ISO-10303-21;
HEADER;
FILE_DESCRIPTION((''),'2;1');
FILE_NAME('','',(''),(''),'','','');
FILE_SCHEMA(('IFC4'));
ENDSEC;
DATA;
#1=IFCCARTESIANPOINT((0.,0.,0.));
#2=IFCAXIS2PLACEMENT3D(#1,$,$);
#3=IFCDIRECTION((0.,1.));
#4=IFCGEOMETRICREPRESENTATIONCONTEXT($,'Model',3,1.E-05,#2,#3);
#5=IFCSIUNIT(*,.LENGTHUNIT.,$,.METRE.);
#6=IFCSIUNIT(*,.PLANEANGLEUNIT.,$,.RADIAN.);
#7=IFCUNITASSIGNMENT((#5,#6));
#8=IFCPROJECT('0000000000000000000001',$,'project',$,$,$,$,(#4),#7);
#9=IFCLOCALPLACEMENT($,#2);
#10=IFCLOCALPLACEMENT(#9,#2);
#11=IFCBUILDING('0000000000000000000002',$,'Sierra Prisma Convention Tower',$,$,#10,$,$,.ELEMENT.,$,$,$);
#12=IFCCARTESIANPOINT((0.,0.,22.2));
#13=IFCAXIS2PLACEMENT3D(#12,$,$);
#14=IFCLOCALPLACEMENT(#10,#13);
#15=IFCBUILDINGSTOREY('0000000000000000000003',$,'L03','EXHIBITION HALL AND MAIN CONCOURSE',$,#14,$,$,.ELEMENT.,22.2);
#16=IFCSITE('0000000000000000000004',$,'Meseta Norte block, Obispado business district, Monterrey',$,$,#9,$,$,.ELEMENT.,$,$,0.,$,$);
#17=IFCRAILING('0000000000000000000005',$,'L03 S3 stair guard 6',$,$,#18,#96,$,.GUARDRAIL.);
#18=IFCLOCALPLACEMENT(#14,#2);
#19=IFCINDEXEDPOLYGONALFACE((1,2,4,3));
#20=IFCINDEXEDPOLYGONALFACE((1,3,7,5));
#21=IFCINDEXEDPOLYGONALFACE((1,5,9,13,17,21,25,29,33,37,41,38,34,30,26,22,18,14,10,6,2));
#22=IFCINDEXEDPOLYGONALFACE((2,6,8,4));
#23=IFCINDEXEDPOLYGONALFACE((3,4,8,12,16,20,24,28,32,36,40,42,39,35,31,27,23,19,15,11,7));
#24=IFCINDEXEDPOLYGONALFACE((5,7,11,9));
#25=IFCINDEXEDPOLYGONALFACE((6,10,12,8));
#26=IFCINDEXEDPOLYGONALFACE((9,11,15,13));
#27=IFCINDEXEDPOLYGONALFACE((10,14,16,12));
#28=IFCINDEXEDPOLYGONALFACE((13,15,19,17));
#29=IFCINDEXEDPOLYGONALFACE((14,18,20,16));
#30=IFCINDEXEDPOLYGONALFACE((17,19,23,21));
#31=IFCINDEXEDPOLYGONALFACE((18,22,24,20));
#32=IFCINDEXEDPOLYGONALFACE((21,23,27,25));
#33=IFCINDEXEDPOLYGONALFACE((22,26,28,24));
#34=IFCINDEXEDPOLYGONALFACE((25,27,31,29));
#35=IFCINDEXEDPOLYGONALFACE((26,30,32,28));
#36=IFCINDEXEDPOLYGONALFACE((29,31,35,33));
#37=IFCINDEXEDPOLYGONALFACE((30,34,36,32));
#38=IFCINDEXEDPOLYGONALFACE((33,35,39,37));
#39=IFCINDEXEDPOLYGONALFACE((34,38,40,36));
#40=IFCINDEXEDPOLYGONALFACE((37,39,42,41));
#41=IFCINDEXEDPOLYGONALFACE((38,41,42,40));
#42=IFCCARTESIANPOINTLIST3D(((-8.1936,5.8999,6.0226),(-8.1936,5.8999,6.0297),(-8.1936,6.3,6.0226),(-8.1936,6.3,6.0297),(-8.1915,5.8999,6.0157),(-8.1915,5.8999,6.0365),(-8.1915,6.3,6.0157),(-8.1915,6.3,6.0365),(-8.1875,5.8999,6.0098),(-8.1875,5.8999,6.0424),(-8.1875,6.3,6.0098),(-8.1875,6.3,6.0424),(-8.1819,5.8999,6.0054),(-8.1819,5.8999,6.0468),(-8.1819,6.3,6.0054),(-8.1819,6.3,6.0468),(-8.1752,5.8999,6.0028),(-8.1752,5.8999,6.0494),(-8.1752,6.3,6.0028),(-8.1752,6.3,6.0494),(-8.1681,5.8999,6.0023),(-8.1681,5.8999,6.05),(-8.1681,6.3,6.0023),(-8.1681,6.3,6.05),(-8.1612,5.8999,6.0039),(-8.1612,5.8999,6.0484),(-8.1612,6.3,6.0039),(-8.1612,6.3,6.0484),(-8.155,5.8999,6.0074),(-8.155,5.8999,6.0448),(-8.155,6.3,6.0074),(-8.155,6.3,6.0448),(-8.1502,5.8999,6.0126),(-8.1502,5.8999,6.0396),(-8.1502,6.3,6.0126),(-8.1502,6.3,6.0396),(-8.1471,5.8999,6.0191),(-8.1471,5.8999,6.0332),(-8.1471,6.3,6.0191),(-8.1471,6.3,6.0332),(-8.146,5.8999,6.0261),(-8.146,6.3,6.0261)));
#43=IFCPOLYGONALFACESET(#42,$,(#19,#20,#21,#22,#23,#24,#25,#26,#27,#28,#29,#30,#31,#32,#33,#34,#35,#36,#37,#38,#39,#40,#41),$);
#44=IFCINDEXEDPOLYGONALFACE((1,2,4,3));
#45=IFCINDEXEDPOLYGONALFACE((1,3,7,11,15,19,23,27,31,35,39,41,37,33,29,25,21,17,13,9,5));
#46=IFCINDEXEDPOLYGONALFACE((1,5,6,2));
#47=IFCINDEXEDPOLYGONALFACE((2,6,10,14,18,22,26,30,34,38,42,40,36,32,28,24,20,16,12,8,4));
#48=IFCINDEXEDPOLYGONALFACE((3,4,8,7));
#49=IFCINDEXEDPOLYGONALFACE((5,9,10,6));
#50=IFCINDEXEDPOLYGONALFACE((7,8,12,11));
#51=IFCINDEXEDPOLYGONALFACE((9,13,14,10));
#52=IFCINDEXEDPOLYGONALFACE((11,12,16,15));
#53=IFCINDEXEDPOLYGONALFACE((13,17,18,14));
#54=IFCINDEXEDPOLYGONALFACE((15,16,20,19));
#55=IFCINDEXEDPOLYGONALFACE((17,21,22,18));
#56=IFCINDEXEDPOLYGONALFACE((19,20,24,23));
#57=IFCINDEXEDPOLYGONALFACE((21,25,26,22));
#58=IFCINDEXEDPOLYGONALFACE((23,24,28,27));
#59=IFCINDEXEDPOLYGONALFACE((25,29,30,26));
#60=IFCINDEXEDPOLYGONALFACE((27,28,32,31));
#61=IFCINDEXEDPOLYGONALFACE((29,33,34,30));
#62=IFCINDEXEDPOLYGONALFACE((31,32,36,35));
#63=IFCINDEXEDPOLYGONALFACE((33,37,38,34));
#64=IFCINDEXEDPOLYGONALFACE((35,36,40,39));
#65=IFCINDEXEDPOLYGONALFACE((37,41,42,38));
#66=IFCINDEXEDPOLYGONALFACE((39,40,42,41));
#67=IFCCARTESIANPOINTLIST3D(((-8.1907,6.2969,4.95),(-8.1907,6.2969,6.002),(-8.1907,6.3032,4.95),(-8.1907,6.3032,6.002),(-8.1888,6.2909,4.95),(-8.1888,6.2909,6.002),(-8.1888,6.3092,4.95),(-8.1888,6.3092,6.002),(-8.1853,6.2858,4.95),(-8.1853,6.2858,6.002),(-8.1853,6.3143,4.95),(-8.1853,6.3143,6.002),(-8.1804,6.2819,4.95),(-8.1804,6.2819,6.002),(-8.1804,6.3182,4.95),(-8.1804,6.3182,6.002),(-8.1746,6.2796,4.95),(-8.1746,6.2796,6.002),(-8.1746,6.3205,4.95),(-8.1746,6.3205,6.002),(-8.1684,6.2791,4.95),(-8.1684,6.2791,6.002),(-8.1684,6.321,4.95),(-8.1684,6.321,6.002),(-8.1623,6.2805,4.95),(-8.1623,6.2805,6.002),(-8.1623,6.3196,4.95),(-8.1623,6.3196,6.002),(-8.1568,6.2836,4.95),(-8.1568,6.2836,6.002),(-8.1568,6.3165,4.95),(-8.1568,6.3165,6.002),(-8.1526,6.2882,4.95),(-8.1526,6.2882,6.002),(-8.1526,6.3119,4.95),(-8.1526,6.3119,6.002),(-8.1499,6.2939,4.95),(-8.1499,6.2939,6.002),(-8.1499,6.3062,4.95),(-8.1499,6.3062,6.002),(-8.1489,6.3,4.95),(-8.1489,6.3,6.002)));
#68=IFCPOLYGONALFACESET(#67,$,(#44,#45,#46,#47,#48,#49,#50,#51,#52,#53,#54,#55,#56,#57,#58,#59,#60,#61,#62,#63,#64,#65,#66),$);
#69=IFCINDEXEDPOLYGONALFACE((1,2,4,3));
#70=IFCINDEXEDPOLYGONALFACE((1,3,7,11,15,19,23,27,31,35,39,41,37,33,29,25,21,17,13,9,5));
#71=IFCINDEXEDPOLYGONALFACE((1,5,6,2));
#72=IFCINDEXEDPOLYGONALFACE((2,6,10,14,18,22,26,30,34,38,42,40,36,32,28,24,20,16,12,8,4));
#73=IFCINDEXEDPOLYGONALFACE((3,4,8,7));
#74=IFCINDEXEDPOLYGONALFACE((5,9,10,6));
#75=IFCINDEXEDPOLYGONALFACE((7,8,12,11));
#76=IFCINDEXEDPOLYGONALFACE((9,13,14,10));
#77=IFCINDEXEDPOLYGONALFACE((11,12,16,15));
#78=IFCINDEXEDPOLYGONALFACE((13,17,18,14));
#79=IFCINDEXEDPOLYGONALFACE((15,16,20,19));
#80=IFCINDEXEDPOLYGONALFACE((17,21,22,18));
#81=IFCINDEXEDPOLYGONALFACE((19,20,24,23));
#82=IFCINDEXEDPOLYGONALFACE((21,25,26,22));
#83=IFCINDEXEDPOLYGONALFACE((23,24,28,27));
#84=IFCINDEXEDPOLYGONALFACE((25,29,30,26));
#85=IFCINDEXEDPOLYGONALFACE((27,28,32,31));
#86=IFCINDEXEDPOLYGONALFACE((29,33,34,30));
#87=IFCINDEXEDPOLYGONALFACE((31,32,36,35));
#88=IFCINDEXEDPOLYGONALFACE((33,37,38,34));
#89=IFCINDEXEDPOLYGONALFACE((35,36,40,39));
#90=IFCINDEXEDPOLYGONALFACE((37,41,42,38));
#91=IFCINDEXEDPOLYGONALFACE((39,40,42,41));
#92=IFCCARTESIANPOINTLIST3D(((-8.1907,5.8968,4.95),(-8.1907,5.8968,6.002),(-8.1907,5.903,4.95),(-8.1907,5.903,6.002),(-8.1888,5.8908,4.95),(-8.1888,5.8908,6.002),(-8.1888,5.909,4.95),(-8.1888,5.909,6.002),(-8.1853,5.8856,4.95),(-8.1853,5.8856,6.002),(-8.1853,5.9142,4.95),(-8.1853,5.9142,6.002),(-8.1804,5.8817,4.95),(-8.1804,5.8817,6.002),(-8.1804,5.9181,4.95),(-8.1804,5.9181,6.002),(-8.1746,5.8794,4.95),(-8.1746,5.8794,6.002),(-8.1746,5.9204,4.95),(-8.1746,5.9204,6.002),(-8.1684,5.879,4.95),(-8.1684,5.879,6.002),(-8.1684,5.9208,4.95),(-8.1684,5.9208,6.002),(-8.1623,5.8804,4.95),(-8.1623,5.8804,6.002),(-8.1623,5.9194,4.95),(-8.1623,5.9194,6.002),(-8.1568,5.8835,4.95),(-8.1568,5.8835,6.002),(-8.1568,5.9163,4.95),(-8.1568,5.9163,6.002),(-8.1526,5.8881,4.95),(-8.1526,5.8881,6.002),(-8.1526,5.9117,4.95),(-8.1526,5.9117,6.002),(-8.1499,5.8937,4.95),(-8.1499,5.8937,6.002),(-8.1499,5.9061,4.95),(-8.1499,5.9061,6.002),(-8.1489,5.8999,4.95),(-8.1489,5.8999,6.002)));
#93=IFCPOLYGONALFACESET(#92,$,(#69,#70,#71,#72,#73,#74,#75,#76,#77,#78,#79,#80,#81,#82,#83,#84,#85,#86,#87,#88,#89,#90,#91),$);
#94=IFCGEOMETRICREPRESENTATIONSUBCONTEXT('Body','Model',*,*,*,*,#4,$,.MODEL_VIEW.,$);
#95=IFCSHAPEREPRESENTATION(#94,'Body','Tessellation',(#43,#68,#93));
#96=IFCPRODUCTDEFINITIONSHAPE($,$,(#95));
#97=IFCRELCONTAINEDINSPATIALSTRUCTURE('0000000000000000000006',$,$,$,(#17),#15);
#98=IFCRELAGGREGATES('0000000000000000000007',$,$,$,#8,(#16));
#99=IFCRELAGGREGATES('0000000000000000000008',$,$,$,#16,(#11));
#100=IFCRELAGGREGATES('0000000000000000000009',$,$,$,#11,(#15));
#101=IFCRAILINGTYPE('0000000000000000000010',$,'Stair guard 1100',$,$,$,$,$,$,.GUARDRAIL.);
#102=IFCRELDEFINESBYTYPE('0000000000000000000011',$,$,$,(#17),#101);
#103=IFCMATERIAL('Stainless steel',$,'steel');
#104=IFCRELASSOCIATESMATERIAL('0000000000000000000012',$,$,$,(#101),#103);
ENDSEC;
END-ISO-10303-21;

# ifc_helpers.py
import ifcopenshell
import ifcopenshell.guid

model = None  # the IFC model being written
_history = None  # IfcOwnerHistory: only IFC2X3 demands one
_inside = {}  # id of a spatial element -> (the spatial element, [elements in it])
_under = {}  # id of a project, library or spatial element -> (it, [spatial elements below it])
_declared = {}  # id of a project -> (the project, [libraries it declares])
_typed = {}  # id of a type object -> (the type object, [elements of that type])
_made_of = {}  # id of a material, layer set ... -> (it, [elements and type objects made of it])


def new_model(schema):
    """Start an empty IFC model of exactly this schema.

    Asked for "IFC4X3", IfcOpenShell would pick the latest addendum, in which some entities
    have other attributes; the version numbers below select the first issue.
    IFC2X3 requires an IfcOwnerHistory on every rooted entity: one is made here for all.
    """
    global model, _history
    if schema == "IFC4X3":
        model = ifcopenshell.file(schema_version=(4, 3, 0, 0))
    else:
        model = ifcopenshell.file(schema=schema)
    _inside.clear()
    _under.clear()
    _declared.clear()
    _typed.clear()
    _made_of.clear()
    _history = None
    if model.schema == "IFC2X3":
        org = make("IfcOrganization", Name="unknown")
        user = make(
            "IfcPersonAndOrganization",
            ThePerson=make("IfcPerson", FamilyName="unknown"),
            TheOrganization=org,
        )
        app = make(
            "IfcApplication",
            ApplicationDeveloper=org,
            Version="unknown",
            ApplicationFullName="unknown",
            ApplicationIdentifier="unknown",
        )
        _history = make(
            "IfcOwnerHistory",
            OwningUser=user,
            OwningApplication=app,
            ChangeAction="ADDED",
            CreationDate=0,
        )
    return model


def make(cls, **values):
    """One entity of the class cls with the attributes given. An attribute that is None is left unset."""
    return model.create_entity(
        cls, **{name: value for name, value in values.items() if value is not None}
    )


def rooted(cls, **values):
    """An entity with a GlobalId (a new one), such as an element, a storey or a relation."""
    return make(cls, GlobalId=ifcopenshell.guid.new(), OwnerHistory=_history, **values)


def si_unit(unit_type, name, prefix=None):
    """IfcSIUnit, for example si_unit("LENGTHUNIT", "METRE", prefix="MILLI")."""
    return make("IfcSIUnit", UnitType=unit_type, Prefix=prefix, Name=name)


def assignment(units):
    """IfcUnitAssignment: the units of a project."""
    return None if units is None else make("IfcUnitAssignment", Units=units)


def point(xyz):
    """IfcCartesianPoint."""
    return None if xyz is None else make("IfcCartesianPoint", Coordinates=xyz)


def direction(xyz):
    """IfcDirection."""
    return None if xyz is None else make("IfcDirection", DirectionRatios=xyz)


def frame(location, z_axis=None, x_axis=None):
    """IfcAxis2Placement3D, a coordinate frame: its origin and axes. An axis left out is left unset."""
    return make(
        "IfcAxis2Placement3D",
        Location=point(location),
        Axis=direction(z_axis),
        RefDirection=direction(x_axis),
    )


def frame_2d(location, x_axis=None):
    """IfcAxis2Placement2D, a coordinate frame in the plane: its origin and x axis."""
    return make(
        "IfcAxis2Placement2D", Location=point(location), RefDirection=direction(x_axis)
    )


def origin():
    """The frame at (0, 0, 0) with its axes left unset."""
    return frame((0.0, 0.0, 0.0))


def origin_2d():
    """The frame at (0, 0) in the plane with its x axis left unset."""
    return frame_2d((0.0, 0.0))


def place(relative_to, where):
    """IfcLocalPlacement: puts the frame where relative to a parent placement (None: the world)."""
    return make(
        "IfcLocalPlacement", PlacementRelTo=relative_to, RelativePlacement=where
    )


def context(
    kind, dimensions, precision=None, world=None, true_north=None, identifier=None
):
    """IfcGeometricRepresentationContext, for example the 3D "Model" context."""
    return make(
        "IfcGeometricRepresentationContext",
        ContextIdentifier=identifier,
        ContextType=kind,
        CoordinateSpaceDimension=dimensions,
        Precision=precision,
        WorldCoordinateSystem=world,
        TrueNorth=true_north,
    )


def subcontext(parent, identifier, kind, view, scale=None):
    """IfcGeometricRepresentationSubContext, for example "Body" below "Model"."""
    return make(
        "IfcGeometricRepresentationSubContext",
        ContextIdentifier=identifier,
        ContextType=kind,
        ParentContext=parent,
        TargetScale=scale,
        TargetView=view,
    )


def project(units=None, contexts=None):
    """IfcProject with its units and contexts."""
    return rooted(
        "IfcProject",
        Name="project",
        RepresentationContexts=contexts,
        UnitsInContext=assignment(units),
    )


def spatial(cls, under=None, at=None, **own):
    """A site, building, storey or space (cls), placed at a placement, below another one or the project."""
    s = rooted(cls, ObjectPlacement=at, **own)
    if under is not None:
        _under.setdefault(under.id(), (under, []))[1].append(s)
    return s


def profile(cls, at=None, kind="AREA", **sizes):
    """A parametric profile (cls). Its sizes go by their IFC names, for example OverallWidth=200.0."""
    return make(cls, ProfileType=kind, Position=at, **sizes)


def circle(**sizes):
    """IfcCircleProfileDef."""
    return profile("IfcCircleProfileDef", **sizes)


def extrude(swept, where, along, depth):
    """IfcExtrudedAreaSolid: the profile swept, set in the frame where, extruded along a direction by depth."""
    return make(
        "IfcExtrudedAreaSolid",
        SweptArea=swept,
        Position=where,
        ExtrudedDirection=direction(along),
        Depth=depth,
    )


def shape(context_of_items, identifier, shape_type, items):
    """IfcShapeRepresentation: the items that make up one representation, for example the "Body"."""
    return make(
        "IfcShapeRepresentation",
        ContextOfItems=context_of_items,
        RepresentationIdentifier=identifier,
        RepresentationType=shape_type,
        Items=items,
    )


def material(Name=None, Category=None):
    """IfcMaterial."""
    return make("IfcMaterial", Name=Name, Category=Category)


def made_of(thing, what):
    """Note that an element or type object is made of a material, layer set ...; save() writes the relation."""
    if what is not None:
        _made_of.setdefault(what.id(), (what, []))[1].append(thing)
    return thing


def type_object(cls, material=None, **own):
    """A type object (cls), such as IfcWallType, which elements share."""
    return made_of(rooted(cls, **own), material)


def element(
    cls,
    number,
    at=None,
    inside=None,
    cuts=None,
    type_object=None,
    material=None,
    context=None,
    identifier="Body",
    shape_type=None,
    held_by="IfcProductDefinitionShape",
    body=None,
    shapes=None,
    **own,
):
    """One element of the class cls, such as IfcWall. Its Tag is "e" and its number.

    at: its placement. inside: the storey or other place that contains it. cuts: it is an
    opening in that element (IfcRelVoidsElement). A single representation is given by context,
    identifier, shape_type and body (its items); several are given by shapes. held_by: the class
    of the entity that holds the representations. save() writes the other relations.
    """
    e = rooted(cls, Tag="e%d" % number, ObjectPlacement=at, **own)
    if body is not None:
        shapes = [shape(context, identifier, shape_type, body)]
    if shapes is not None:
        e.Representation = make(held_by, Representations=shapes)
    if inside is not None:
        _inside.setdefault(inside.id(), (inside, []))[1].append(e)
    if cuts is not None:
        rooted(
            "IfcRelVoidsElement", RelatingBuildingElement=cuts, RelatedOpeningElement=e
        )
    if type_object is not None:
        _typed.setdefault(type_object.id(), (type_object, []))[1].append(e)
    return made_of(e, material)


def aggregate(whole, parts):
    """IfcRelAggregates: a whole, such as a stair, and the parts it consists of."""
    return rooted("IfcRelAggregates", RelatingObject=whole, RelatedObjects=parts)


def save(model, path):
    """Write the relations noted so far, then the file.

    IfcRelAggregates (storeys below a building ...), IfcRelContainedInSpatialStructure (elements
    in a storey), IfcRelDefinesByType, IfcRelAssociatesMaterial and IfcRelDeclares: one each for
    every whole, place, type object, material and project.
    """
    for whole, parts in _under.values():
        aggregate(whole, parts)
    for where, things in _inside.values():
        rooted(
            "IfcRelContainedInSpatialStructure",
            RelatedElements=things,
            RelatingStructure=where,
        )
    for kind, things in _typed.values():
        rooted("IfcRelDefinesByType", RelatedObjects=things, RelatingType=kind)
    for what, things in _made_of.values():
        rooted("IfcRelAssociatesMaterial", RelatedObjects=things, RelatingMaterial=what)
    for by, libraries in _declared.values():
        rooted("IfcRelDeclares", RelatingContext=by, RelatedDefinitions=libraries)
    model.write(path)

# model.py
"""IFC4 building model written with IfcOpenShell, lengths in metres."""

from ifc_helpers import new_model, si_unit, direction, frame, origin, origin_2d, place, context, subcontext, project, spatial, circle, extrude, material, type_object, element, save


model = new_model("IFC4")

# Units and contexts
model_context = context("Model", 3, precision=1e-05, world=origin(), true_north=direction((0.0, 1.0)))
body_context = subcontext(model_context, "Body", "Model", "MODEL_VIEW")
ifc_project = project(units=[si_unit("LENGTHUNIT", "METRE"), si_unit("PLANEANGLEUNIT", "RADIAN")], contexts=[model_context])

# Site, building, storey
site_placement = place(None, origin())
site = spatial("IfcSite", under=ifc_project, at=site_placement, Name="Meseta Norte block, Obispado business district, Monterrey", CompositionType="ELEMENT", RefElevation=0.0)
building_placement = place(site_placement, origin())
building = spatial("IfcBuilding", under=site, at=building_placement, Name="Sierra Prisma Convention Tower", CompositionType="ELEMENT")
storey_placement = place(building_placement, frame((0.0, 0.0, 22.2)))
storey = spatial("IfcBuildingStorey", under=building, at=storey_placement, Name="L03", Description="EXHIBITION HALL AND MAIN CONCOURSE", CompositionType="ELEMENT", Elevation=22.2)

# Railing
ifc_material_1 = material(Name="Stainless steel", Category="steel")
railing_type_1 = type_object("IfcRailingType", Name="Stair guard 1100", PredefinedType="GUARDRAIL", material=ifc_material_1)
railing_1_placement = place(storey_placement, frame((-8.1699, 6.3, 4.95)))
element("IfcRailing", 1, at=railing_1_placement, inside=storey, type_object=railing_type_1, Name="L03 S3 stair guard 6", PredefinedType="GUARDRAIL", context=body_context, shape_type="SweptSolid", body=[
    extrude(circle(Radius=0.0239, at=origin_2d()), frame((0.0, 0.0, 1.0762), z_axis=(0.0, -1.0, 0.0), x_axis=(1.0, 0.0, 0.0)), (0.0, 0.0, 1.0), 0.4001),
    extrude(circle(Radius=0.021, at=origin_2d()), origin(), (0.0, 0.0, 1.0), 1.052),
    extrude(circle(Radius=0.021, at=origin_2d()), frame((0.0, -0.4001, 0.0)), (0.0, 0.0, 1.0), 1.052),
])

save(model, "model.ifc")
